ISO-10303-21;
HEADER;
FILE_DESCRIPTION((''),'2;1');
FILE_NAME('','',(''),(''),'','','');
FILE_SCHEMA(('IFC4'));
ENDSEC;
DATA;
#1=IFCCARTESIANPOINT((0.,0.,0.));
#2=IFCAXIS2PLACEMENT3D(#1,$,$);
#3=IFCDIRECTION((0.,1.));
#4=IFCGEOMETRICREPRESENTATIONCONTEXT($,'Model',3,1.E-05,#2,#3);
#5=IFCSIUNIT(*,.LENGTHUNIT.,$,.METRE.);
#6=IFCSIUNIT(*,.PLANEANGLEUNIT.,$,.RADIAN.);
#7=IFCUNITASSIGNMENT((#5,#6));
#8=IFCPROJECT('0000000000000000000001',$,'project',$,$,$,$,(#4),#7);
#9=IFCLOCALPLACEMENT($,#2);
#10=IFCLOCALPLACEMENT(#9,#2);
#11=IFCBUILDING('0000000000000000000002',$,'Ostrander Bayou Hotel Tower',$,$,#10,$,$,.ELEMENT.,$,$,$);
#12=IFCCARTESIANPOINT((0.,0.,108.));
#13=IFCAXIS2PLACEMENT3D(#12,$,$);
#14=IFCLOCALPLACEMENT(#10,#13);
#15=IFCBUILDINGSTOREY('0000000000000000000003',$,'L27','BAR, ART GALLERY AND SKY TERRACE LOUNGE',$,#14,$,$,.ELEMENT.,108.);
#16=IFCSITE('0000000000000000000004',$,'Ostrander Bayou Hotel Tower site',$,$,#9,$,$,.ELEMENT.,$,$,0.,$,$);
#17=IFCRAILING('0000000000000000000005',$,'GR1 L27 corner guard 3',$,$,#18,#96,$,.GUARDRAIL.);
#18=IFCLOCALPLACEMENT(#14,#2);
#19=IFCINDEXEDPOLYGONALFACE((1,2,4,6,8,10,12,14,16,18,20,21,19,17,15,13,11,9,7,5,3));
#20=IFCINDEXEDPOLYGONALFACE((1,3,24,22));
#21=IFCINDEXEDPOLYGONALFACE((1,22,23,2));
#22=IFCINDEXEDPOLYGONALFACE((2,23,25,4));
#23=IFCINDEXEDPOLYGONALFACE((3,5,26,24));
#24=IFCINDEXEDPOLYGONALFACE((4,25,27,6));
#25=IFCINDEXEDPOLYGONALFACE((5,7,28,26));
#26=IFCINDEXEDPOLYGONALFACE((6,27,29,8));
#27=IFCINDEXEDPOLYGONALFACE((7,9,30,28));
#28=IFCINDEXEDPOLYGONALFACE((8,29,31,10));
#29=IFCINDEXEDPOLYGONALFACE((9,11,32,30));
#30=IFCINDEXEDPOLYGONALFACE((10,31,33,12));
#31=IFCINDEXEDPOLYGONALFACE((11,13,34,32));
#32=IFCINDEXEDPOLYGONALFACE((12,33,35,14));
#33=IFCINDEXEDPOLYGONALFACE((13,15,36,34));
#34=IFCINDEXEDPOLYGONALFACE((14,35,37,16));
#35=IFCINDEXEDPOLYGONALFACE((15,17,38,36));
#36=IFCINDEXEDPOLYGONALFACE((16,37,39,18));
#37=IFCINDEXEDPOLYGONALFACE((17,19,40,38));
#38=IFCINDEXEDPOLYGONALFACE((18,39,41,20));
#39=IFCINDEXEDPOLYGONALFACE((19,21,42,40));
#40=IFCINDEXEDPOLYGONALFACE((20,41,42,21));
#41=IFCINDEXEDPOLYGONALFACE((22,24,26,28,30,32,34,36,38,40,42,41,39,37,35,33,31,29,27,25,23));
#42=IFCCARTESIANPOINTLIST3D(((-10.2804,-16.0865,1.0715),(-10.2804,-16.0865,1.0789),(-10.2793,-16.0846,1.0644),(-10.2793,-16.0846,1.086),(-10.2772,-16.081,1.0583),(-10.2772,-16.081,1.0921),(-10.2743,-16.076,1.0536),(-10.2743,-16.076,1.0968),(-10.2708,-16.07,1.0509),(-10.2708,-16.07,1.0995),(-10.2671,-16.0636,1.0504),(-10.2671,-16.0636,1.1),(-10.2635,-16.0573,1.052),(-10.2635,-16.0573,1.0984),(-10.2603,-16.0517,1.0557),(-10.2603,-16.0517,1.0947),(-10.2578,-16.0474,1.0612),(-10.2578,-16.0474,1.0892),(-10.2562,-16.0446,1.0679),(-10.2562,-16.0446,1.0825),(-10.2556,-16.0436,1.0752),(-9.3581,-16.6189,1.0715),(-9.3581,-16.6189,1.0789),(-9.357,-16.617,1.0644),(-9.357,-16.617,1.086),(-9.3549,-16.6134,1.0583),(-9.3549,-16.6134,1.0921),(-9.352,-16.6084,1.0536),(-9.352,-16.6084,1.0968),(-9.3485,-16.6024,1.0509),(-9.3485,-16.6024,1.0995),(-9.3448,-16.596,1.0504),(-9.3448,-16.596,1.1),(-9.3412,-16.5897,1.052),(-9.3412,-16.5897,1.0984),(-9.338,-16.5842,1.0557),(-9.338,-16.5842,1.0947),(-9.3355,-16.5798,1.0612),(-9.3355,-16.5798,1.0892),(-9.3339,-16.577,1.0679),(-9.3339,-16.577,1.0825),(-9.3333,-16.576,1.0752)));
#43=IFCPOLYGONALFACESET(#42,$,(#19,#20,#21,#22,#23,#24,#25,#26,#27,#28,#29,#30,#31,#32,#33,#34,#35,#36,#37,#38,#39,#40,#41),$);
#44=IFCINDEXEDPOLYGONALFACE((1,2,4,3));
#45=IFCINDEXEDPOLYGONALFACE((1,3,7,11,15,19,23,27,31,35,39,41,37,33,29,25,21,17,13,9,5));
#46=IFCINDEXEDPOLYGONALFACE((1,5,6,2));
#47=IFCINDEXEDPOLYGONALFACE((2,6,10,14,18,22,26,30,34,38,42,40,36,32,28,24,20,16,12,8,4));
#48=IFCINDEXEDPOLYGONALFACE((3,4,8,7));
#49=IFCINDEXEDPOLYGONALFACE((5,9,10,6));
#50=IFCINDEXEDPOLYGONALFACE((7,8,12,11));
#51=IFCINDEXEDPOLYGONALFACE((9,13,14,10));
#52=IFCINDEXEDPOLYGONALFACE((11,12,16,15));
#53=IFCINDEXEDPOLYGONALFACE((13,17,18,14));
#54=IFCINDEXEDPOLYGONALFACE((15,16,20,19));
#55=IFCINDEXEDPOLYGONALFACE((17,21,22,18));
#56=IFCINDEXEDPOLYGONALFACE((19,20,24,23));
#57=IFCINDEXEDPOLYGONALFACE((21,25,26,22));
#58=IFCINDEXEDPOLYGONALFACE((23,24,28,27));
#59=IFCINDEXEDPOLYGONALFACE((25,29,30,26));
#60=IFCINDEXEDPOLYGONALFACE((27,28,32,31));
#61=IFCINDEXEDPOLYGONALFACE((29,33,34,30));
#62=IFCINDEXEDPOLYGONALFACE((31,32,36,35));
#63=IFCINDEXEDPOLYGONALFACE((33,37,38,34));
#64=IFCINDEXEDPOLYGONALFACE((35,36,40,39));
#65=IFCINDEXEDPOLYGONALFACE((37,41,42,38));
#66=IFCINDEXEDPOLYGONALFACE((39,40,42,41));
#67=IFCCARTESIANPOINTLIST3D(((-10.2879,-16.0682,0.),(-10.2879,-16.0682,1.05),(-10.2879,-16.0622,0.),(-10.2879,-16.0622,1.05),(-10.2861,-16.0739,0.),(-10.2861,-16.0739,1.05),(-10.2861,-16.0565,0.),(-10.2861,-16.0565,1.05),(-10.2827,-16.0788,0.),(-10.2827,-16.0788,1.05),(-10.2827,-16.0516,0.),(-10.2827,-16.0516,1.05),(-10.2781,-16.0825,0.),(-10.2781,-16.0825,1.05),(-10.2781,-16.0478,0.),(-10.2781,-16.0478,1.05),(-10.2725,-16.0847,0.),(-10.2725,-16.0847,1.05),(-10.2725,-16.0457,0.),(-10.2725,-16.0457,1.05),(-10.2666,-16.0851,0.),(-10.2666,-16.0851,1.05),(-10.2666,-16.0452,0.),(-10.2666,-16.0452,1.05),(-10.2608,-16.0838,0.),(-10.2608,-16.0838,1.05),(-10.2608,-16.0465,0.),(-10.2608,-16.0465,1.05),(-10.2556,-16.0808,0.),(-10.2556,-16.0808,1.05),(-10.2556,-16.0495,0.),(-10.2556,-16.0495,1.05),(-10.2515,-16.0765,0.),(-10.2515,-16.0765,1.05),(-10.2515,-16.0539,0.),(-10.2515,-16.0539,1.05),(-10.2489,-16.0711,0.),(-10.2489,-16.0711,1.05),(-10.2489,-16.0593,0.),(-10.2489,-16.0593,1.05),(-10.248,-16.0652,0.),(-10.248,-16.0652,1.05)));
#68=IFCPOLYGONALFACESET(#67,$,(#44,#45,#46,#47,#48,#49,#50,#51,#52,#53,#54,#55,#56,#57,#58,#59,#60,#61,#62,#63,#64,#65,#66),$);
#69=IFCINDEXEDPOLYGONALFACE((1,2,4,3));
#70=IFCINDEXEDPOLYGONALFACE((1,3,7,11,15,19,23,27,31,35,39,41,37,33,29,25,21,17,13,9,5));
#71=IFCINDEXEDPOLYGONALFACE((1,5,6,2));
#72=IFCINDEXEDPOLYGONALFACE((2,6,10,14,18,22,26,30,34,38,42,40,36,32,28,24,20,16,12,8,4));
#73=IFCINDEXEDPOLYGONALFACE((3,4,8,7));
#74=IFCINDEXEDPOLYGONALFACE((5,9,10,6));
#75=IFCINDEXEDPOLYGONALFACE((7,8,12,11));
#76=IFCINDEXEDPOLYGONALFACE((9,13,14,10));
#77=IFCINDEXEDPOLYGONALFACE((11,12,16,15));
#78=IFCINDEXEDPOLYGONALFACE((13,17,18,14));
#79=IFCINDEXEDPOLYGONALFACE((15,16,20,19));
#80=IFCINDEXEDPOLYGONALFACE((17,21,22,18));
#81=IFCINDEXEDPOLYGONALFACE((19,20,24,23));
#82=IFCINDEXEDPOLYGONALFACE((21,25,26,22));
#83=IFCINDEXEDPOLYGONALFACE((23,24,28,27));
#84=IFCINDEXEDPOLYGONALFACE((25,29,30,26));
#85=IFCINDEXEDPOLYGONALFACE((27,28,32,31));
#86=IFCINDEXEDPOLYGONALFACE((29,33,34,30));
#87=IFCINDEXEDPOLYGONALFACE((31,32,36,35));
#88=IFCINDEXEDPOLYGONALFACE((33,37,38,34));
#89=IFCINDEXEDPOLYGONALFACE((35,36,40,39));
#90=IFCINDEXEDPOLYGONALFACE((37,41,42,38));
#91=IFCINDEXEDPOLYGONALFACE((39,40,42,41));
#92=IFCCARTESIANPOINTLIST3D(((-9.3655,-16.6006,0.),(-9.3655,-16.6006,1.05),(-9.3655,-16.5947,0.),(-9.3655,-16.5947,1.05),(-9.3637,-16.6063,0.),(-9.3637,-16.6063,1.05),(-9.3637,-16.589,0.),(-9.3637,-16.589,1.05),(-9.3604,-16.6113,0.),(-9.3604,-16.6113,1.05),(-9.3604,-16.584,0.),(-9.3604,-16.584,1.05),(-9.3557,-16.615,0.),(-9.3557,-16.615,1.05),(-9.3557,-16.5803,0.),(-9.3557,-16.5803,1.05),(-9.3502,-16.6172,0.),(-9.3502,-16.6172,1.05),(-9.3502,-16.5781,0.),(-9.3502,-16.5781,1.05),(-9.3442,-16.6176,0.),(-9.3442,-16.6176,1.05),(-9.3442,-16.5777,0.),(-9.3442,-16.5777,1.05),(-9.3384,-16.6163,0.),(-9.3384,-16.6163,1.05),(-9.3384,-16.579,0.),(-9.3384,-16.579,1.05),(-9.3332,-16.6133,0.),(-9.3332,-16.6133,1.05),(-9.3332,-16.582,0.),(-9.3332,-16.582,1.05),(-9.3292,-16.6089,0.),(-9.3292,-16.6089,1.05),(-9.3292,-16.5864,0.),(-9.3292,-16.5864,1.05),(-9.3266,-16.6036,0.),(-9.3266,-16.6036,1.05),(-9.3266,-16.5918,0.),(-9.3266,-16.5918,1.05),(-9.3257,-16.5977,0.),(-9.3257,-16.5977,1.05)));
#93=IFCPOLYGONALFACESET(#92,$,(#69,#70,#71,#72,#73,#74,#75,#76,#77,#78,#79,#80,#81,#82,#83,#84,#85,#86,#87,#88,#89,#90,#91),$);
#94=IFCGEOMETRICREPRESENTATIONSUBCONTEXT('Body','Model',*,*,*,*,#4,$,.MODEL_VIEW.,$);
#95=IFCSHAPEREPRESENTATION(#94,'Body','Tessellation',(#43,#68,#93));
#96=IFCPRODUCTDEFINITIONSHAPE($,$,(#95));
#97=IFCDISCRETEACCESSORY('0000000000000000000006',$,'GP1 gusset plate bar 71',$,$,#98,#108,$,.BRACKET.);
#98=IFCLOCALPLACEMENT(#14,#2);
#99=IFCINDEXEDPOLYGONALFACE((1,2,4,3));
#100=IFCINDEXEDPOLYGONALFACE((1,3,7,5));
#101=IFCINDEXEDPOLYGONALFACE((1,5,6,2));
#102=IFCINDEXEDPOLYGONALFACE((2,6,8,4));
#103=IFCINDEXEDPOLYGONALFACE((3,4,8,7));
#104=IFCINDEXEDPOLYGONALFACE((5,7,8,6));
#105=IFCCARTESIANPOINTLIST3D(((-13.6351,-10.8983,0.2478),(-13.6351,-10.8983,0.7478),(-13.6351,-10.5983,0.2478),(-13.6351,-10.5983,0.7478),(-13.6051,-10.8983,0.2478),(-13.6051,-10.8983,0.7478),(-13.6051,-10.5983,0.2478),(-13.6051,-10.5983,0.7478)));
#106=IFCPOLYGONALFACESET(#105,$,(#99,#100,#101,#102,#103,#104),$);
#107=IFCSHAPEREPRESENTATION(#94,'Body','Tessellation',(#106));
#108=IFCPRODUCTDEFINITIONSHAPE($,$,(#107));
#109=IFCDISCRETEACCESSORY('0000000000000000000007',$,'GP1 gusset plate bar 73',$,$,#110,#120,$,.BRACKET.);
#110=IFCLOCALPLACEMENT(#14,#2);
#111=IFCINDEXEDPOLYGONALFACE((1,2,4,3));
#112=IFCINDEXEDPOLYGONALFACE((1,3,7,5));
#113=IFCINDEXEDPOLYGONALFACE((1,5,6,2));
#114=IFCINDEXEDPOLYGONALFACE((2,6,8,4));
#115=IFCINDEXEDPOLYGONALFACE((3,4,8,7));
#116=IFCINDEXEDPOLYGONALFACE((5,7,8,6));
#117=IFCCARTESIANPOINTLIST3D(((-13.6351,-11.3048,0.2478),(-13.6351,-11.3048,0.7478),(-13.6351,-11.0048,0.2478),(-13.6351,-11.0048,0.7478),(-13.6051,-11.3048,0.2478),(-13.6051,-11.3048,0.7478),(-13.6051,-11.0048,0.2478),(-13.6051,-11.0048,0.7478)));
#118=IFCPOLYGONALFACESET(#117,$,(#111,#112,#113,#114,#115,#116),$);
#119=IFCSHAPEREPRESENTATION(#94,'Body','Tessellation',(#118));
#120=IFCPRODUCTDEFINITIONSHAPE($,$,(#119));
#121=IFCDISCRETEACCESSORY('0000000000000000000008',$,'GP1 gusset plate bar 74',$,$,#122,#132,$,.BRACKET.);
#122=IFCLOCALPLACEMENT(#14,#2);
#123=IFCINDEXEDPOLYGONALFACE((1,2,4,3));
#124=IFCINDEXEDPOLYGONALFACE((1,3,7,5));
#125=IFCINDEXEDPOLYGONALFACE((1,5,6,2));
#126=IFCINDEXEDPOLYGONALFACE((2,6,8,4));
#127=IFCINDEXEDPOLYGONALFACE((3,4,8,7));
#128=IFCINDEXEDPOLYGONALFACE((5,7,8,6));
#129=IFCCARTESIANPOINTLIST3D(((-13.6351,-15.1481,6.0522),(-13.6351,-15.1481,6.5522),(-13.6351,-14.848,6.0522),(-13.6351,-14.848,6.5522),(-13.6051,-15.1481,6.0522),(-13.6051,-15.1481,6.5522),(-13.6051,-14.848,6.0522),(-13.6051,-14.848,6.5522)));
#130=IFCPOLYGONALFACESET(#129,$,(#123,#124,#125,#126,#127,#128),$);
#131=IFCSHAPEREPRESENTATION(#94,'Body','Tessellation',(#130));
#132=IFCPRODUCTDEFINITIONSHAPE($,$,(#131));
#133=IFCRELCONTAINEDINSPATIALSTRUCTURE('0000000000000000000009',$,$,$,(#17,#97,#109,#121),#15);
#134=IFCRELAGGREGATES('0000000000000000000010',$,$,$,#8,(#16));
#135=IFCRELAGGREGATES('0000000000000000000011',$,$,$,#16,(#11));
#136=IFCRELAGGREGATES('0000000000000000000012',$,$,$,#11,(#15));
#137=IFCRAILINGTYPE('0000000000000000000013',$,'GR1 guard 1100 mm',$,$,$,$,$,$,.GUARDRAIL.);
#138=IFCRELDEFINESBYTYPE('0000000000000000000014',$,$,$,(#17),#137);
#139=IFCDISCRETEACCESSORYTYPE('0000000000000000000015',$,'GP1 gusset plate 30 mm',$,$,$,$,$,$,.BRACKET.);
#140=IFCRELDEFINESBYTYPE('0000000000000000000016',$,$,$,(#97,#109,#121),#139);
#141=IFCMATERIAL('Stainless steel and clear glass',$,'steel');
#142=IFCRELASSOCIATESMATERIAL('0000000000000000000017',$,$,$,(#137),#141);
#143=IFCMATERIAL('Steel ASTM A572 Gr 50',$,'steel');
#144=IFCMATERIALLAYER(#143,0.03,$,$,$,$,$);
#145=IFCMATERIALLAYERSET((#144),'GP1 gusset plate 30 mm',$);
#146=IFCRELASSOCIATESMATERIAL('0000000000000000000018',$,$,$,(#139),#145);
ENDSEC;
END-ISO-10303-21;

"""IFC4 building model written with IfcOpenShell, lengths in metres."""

from ifc_helpers import new_model, si_unit, direction, frame, origin, origin_2d, place, context, subcontext, project, spatial, rectangle, circle, extrude, material, layer, layer_set, type_object, element, save


model = new_model("IFC4")

# Units and contexts
model_context = context("Model", 3, precision=1e-05, world=origin(), true_north=direction((0.0, 1.0)))
body_context = subcontext(model_context, "Body", "Model", "MODEL_VIEW")
ifc_project = project(units=[si_unit("LENGTHUNIT", "METRE"), si_unit("PLANEANGLEUNIT", "RADIAN")], contexts=[model_context])

# Site, building, storey
site_placement = place(None, origin())
site = spatial("IfcSite", under=ifc_project, at=site_placement, Name="Ostrander Bayou Hotel Tower site", CompositionType="ELEMENT", RefElevation=0.0)
building_placement = place(site_placement, origin())
building = spatial("IfcBuilding", under=site, at=building_placement, Name="Ostrander Bayou Hotel Tower", CompositionType="ELEMENT")
storey_placement = place(building_placement, frame((0.0, 0.0, 108.0)))
storey = spatial("IfcBuildingStorey", under=building, at=storey_placement, Name="L27", Description="BAR, ART GALLERY AND SKY TERRACE LOUNGE", CompositionType="ELEMENT", Elevation=108.0)

# Railing
ifc_material_1 = material(Name="Stainless steel and clear glass", Category="steel")
railing_type = type_object("IfcRailingType", Name="GR1 guard 1100 mm", PredefinedType="GUARDRAIL", material=ifc_material_1)
railing_1_placement = place(storey_placement, frame((-10.2681, -16.0652, 0.0)))
element("IfcRailing", 1, at=railing_1_placement, inside=storey, type_object=railing_type, Name="GR1 L27 corner guard 3", PredefinedType="GUARDRAIL", context=body_context, shape_type="SweptSolid", body=[
    extrude(circle(Radius=0.0249, at=origin_2d()), frame((0.0, 0.0, 1.0752), z_axis=(0.866048, -0.499961, 0.0), x_axis=(0.499961, 0.866048, 0.0)), (0.0, 0.0, 1.0), 1.0649),
    extrude(circle(Radius=0.02, at=origin_2d()), origin(), (0.0, 0.0, 1.0), 1.05),
    extrude(circle(Radius=0.02, at=origin_2d()), frame((0.9224, -0.5325, 0.0)), (0.0, 0.0, 1.0), 1.05),
])

# Discrete accessories
ifc_material_2 = material(Name="Steel ASTM A572 Gr 50", Category="steel")
ifc_layer_1 = layer(ifc_material_2, 0.03)
ifc_layer_set_1 = layer_set([ifc_layer_1], Name="GP1 gusset plate 30 mm")
discrete_accessory_type = type_object("IfcDiscreteAccessoryType", Name="GP1 gusset plate 30 mm", PredefinedType="BRACKET", material=ifc_layer_set_1)
for number, where, z_axis, x_axis, name in (
    (2, (-13.6201, -10.7483, 0.2478), (0.0, 0.0, 1.0), (0.0, 1.0, 0.0), "GP1 gusset plate bar 71"),
    (3, (-13.6201, -11.1548, 0.2478), (0.0, 0.0, 1.0), (0.0, -1.0, 0.0), "GP1 gusset plate bar 73"),
    (4, (-13.6201, -14.998, 6.0522), (0.0, 0.0, 1.0), (0.0, -1.0, 0.0), "GP1 gusset plate bar 74"),
):
    element("IfcDiscreteAccessory", number, at=place(storey_placement, frame(where, z_axis=z_axis, x_axis=x_axis)), inside=storey, type_object=discrete_accessory_type, Name=name, PredefinedType="BRACKET", context=body_context, shape_type="SweptSolid", body=[
        extrude(rectangle(XDim=0.3, YDim=0.03, at=origin_2d()), origin(), (0.0, 0.0, 1.0), 0.5),
    ])

save(model, "model.ifc")
